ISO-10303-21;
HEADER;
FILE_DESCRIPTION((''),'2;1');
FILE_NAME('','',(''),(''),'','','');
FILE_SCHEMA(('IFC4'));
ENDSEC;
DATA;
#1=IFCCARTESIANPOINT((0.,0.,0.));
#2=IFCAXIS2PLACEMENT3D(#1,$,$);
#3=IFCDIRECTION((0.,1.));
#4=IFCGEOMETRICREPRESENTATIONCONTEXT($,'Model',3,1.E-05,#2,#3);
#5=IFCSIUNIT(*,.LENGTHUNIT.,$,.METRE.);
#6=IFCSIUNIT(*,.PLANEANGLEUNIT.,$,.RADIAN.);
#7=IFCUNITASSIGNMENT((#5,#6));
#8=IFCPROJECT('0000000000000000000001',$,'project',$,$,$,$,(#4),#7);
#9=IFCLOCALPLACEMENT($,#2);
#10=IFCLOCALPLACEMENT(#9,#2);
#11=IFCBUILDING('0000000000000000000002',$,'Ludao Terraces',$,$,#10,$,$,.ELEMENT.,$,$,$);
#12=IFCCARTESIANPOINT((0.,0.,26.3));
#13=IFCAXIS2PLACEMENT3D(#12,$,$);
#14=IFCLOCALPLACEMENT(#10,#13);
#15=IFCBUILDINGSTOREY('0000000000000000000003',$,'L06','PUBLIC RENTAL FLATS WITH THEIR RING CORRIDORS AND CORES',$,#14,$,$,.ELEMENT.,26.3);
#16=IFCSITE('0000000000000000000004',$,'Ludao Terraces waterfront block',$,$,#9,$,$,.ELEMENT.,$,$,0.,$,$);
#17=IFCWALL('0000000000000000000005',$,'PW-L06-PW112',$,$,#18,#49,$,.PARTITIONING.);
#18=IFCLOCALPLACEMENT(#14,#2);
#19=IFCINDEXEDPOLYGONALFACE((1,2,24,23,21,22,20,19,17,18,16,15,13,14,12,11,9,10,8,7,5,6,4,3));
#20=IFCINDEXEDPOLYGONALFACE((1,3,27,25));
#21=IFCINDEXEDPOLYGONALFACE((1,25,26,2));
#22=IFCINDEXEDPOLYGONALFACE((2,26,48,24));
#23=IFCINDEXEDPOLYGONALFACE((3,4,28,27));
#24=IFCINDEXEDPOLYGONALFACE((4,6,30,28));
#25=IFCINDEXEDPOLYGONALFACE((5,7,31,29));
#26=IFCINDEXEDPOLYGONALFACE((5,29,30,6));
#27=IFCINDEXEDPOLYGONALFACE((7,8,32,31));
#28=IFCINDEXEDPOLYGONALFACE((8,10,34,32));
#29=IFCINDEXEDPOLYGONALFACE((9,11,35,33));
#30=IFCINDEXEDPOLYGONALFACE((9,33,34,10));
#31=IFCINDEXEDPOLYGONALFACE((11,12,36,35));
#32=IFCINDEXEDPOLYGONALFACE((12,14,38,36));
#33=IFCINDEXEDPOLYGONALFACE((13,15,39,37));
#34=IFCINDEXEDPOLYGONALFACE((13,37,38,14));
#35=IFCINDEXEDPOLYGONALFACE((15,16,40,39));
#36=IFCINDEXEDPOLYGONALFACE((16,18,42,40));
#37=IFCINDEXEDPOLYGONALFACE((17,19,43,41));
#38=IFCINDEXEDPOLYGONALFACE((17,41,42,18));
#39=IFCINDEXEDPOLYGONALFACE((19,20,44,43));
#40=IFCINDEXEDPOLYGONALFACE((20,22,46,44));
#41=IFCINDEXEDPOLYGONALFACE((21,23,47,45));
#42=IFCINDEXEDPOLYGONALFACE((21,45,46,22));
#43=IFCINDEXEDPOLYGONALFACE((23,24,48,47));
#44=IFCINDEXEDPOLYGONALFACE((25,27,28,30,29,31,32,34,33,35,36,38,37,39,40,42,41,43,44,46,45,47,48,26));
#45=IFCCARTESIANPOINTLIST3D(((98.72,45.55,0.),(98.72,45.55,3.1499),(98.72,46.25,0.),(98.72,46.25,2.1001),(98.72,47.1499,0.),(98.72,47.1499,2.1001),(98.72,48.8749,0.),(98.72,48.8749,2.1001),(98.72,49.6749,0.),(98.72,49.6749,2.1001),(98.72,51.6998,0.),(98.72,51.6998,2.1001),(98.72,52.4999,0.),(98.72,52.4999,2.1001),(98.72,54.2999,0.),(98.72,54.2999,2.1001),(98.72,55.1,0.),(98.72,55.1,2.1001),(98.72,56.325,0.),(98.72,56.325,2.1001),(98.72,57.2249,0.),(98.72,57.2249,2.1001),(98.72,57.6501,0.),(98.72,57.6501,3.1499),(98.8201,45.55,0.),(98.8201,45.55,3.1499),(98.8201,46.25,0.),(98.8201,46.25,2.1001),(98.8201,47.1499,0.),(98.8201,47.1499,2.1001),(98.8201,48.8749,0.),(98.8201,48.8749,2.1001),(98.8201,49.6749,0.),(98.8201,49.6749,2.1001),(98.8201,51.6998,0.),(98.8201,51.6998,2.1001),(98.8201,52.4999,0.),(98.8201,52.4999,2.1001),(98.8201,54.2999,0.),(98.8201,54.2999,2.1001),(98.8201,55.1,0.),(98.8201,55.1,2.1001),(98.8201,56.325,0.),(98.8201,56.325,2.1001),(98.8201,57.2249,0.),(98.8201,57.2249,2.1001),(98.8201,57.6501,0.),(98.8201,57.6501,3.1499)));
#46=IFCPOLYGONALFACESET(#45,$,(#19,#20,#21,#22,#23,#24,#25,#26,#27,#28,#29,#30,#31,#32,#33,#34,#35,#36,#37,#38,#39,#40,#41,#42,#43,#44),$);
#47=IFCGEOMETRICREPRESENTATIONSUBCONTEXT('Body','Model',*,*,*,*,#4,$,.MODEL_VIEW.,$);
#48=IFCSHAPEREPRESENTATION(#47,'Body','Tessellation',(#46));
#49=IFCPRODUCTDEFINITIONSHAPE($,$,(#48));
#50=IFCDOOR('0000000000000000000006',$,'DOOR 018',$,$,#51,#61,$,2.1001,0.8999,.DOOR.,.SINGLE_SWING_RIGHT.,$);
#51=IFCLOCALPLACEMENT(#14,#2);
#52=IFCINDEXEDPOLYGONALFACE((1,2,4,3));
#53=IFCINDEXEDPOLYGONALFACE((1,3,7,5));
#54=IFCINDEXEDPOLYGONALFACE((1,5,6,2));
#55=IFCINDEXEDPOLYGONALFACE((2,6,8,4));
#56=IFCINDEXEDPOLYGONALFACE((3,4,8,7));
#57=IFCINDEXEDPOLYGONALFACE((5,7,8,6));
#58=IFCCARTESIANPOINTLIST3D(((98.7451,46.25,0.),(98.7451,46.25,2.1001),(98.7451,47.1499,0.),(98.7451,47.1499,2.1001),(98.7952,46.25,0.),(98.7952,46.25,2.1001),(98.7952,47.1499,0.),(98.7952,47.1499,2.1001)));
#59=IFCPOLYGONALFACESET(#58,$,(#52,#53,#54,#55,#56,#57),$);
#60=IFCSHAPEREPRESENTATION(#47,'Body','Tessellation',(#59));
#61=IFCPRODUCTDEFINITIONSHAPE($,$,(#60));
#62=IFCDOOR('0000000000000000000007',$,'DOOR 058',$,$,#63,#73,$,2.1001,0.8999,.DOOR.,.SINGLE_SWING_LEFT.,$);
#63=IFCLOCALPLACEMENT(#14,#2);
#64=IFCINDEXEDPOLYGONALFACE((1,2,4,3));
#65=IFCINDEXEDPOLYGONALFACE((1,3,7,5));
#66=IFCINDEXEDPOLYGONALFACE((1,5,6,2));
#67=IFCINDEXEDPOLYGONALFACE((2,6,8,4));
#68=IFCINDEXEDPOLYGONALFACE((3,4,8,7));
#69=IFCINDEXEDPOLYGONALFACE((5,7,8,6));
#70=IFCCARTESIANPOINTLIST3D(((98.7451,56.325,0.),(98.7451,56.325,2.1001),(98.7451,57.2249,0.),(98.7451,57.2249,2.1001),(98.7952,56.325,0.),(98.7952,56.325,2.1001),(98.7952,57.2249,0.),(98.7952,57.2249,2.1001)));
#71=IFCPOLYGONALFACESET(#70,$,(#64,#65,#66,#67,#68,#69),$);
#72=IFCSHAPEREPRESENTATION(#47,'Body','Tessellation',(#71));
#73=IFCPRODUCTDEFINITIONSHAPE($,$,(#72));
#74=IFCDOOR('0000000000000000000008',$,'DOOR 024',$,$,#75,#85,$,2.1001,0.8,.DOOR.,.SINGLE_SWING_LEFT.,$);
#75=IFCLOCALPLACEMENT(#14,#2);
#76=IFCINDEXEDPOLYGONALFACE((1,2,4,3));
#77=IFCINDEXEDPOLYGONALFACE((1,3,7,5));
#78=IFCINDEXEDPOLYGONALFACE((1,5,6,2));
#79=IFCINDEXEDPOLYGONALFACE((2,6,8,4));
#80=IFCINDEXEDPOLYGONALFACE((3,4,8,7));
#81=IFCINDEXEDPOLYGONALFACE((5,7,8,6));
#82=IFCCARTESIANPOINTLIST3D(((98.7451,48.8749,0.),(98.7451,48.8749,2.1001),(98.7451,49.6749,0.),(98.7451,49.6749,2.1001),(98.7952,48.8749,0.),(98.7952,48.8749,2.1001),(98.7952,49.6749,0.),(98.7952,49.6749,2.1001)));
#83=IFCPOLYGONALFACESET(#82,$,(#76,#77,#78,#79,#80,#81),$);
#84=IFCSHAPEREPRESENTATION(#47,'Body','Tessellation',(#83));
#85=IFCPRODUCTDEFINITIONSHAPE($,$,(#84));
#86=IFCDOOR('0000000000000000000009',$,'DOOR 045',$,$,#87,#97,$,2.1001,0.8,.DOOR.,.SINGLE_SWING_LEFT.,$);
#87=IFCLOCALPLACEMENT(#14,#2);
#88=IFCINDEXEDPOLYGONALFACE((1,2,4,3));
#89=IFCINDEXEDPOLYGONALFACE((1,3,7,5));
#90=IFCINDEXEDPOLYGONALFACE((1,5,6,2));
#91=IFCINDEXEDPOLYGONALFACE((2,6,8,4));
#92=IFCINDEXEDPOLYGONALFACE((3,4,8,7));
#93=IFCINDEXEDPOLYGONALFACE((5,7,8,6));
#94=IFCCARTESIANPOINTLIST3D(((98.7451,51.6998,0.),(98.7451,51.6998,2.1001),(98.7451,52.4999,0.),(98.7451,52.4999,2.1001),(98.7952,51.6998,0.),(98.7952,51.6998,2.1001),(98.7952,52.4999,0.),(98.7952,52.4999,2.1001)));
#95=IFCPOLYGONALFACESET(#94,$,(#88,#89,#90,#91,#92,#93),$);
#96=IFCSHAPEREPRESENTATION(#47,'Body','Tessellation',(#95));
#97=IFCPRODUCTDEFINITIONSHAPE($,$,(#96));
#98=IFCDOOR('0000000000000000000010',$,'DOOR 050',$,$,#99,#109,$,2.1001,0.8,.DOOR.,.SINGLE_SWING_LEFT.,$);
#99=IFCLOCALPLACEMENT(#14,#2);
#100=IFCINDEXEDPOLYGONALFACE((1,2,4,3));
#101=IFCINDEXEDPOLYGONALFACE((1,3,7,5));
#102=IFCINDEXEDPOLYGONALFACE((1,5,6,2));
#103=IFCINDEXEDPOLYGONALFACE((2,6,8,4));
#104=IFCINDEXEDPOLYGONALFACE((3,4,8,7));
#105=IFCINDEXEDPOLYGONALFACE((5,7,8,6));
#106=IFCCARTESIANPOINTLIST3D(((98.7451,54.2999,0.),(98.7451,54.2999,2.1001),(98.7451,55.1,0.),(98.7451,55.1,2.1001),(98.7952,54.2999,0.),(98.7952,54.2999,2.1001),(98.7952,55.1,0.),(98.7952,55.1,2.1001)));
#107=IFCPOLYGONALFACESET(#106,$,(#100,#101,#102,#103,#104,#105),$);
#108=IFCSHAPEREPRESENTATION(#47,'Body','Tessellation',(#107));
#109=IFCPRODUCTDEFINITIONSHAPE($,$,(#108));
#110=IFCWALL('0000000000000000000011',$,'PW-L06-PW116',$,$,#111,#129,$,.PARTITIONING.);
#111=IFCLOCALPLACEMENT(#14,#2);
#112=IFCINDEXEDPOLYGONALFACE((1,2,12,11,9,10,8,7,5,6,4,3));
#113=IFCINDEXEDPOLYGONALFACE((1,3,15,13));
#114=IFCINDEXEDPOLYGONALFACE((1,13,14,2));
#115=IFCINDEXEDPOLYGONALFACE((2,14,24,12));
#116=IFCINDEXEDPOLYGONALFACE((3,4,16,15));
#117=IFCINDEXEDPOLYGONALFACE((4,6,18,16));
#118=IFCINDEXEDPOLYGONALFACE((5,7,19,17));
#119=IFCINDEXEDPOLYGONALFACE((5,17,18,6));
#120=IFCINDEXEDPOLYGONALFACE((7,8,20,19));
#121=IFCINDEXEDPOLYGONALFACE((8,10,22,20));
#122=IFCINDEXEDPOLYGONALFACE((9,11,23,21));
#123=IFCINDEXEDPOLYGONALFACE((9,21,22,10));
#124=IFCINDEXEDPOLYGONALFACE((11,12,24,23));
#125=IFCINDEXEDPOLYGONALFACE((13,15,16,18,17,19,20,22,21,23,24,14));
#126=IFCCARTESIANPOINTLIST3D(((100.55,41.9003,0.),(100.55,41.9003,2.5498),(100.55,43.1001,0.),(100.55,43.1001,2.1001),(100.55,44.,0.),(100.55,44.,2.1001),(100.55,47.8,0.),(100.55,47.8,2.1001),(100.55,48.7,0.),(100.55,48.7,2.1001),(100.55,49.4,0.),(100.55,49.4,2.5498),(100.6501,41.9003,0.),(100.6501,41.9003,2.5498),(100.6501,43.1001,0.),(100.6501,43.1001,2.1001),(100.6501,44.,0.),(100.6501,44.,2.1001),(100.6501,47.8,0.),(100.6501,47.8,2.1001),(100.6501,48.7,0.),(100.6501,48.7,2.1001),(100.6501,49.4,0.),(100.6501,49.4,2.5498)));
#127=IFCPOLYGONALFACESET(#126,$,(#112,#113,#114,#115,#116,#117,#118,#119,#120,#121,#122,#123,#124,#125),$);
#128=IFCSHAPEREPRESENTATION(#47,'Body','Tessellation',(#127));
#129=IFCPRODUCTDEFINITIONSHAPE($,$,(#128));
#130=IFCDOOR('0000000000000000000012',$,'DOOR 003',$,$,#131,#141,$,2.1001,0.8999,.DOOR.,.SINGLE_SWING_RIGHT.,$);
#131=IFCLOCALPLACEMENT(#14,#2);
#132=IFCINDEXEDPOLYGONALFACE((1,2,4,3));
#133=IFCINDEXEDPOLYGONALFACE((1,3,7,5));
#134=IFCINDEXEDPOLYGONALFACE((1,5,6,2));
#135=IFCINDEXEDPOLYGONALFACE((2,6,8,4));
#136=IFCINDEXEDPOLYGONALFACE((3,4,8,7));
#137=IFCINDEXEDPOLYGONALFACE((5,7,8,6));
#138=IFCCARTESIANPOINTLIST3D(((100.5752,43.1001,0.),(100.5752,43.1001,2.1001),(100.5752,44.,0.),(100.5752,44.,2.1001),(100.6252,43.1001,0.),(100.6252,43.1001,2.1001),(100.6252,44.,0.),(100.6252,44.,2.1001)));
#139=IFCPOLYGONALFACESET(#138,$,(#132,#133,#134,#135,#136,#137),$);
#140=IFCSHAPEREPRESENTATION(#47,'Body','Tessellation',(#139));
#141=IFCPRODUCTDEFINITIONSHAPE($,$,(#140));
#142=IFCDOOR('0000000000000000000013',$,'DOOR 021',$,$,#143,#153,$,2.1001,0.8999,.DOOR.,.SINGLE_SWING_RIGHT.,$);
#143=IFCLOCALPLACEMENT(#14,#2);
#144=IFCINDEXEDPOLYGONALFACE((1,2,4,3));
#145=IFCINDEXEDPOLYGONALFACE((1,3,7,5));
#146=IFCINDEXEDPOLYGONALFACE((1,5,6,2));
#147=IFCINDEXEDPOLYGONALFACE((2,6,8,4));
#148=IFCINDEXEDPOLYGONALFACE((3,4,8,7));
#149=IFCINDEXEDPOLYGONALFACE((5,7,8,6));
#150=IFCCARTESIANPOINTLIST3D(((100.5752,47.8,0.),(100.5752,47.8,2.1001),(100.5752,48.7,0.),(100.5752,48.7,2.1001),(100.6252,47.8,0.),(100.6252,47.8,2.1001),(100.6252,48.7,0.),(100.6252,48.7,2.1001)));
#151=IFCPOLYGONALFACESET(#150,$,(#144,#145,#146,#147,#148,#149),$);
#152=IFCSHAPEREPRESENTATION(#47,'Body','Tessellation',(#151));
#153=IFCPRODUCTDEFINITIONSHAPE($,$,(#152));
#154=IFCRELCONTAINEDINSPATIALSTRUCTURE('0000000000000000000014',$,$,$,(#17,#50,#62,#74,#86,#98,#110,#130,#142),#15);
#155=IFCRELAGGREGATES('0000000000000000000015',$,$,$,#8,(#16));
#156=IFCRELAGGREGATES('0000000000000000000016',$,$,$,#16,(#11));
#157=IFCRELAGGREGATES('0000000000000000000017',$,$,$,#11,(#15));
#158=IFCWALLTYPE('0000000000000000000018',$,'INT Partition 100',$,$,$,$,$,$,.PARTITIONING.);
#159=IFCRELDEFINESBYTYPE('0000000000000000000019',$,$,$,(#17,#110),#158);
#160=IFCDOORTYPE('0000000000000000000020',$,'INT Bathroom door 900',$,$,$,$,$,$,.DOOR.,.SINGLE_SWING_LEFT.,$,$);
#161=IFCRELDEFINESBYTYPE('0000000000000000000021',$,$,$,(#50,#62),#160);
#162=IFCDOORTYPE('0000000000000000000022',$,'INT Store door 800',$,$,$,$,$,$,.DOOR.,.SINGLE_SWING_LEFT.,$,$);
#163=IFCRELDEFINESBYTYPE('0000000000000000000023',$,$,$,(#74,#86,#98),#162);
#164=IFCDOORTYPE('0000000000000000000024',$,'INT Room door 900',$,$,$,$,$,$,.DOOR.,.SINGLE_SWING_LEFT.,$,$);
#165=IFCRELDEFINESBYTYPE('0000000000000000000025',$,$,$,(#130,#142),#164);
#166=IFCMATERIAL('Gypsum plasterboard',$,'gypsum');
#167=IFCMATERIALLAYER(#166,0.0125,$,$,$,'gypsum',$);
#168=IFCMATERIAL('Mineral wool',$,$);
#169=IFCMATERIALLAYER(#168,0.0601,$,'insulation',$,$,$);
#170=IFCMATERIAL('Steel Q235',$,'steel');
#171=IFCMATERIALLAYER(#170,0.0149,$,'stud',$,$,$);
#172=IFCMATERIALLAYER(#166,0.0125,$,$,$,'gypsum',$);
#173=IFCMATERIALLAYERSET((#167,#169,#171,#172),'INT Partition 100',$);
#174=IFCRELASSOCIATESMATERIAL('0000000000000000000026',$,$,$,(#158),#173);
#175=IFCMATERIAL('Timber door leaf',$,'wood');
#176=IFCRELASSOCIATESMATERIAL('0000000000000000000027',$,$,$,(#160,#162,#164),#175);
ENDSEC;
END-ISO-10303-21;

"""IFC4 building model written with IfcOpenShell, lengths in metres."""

from ifc_helpers import new_model, si_unit, direction, frame, frame_2d, origin, place, context, subcontext, project, spatial, rectangle, extrude, material, layer, layer_set, type_object, element, fill, save


model = new_model("IFC4")

# Units and contexts
model_context = context("Model", 3, precision=1e-05, world=origin(), true_north=direction((0.0, 1.0)))
body_context = subcontext(model_context, "Body", "Model", "MODEL_VIEW")
ifc_project = project(units=[si_unit("LENGTHUNIT", "METRE"), si_unit("PLANEANGLEUNIT", "RADIAN")], contexts=[model_context])

# Site, building, storey
site_placement = place(None, origin())
site = spatial("IfcSite", under=ifc_project, at=site_placement, Name="Ludao Terraces waterfront block", CompositionType="ELEMENT", RefElevation=0.0)
building_placement = place(site_placement, origin())
building = spatial("IfcBuilding", under=site, at=building_placement, Name="Ludao Terraces", CompositionType="ELEMENT")
storey_placement = place(building_placement, frame((0.0, 0.0, 26.3)))
storey = spatial("IfcBuildingStorey", under=building, at=storey_placement, Name="L06", Description="PUBLIC RENTAL FLATS WITH THEIR RING CORRIDORS AND CORES", CompositionType="ELEMENT", Elevation=26.3)

# Shared definitions
ifc_material_1 = material(Name="Gypsum plasterboard", Category="gypsum")
ifc_layer_1 = layer(ifc_material_1, 0.0125, Category="gypsum")
ifc_material_2 = material(Name="Mineral wool")
ifc_layer_2 = layer(ifc_material_2, 0.0601, Name="insulation")
ifc_material_3 = material(Name="Steel Q235", Category="steel")
ifc_layer_3 = layer(ifc_material_3, 0.0149, Name="stud")
ifc_layer_4 = layer(ifc_material_1, 0.0125, Category="gypsum")
ifc_layer_set_1 = layer_set([ifc_layer_1, ifc_layer_2, ifc_layer_3, ifc_layer_4], Name="INT Partition 100")
wall_type_1 = type_object("IfcWallType", Name="INT Partition 100", PredefinedType="PARTITIONING", material=ifc_layer_set_1)

# Walls, openings, doors
wall_1_placement = place(storey_placement, frame((98.77, 45.55, 0.0), z_axis=(0.0, 0.0, 1.0), x_axis=(0.0, 1.0, 0.0)))
wall_1 = element("IfcWall", 1, at=wall_1_placement, inside=storey, type_object=wall_type_1, Name="PW-L06-PW112", PredefinedType="PARTITIONING", context=body_context, shape_type="SweptSolid", body=[
    extrude(rectangle(XDim=12.1001, YDim=0.1001, at=frame_2d((6.05, 0.0))), origin(), (0.0, 0.0, 1.0), 3.1499),
])
opening_1_placement = place(wall_1_placement, frame((0.7, 0.0, 0.0)))
opening_1 = element("IfcOpeningElement", 2, at=opening_1_placement, cuts=wall_1, PredefinedType="OPENING", context=body_context, shape_type="SweptSolid", body=[
    extrude(rectangle(XDim=0.8999, YDim=2.1001, at=frame_2d((0.45, 1.05))), frame((0.0, 0.0601, 0.0), z_axis=(0.0, -1.0, 0.0), x_axis=(1.0, 0.0, 0.0)), (0.0, 0.0, 1.0), 0.1201),
])
opening_2_placement = place(wall_1_placement, frame((3.325, 0.0, 0.0)))
opening_2 = element("IfcOpeningElement", 3, at=opening_2_placement, cuts=wall_1, PredefinedType="OPENING", context=body_context, shape_type="SweptSolid", body=[
    extrude(rectangle(XDim=0.8, YDim=2.1001, at=frame_2d((0.3999, 1.05))), frame((0.0, 0.0601, 0.0), z_axis=(0.0, -1.0, 0.0), x_axis=(1.0, 0.0, 0.0)), (0.0, 0.0, 1.0), 0.1201),
])
opening_3_placement = place(wall_1_placement, frame((6.1499, 0.0, 0.0)))
opening_3 = element("IfcOpeningElement", 4, at=opening_3_placement, cuts=wall_1, PredefinedType="OPENING", context=body_context, shape_type="SweptSolid", body=[
    extrude(rectangle(XDim=0.8, YDim=2.1001, at=frame_2d((0.3999, 1.05))), frame((0.0, 0.0601, 0.0), z_axis=(0.0, -1.0, 0.0), x_axis=(1.0, 0.0, 0.0)), (0.0, 0.0, 1.0), 0.1201),
])
opening_4_placement = place(wall_1_placement, frame((8.75, 0.0, 0.0)))
opening_4 = element("IfcOpeningElement", 5, at=opening_4_placement, cuts=wall_1, PredefinedType="OPENING", context=body_context, shape_type="SweptSolid", body=[
    extrude(rectangle(XDim=0.8, YDim=2.1001, at=frame_2d((0.3999, 1.05))), frame((0.0, 0.0601, 0.0), z_axis=(0.0, -1.0, 0.0), x_axis=(1.0, 0.0, 0.0)), (0.0, 0.0, 1.0), 0.1201),
])
opening_5_placement = place(wall_1_placement, frame((10.7749, 0.0, 0.0)))
opening_5 = element("IfcOpeningElement", 6, at=opening_5_placement, cuts=wall_1, PredefinedType="OPENING", context=body_context, shape_type="SweptSolid", body=[
    extrude(rectangle(XDim=0.8999, YDim=2.1001, at=frame_2d((0.45, 1.05))), frame((0.0, 0.0601, 0.0), z_axis=(0.0, -1.0, 0.0), x_axis=(1.0, 0.0, 0.0)), (0.0, 0.0, 1.0), 0.1201),
])
ifc_material_4 = material(Name="Timber door leaf", Category="wood")
door_type_1 = type_object("IfcDoorType", Name="INT Bathroom door 900", OperationType="SINGLE_SWING_LEFT", PredefinedType="DOOR", material=ifc_material_4)
door_1_placement = place(opening_1_placement, origin())
door_1 = element("IfcDoor", 7, at=door_1_placement, inside=storey, type_object=door_type_1, Name="DOOR 018", OperationType="SINGLE_SWING_RIGHT", OverallHeight=2.1001, OverallWidth=0.8999, PredefinedType="DOOR", context=body_context, shape_type="SweptSolid", body=[
    extrude(rectangle(XDim=0.8999, YDim=2.1001, at=frame_2d((0.45, 1.05))), frame((0.0, 0.0249, 0.0), z_axis=(0.0, -1.0, 0.0), x_axis=(1.0, 0.0, 0.0)), (0.0, 0.0, 1.0), 0.05),
])
fill(opening_1, door_1)
door_2_placement = place(opening_5_placement, origin())
door_2 = element("IfcDoor", 8, at=door_2_placement, inside=storey, type_object=door_type_1, Name="DOOR 058", OperationType="SINGLE_SWING_LEFT", OverallHeight=2.1001, OverallWidth=0.8999, PredefinedType="DOOR", context=body_context, shape_type="SweptSolid", body=[
    extrude(rectangle(XDim=0.8999, YDim=2.1001, at=frame_2d((0.45, 1.05))), frame((0.0, 0.0249, 0.0), z_axis=(0.0, -1.0, 0.0), x_axis=(1.0, 0.0, 0.0)), (0.0, 0.0, 1.0), 0.05),
])
fill(opening_5, door_2)
door_type_2 = type_object("IfcDoorType", Name="INT Store door 800", OperationType="SINGLE_SWING_LEFT", PredefinedType="DOOR", material=ifc_material_4)
door_3_placement = place(opening_2_placement, origin())
door_3 = element("IfcDoor", 9, at=door_3_placement, inside=storey, type_object=door_type_2, Name="DOOR 024", OperationType="SINGLE_SWING_LEFT", OverallHeight=2.1001, OverallWidth=0.8, PredefinedType="DOOR", context=body_context, shape_type="SweptSolid", body=[
    extrude(rectangle(XDim=0.8, YDim=2.1001, at=frame_2d((0.3999, 1.05))), frame((0.0, 0.0249, 0.0), z_axis=(0.0, -1.0, 0.0), x_axis=(1.0, 0.0, 0.0)), (0.0, 0.0, 1.0), 0.05),
])
fill(opening_2, door_3)
door_4_placement = place(opening_3_placement, origin())
door_4 = element("IfcDoor", 10, at=door_4_placement, inside=storey, type_object=door_type_2, Name="DOOR 045", OperationType="SINGLE_SWING_LEFT", OverallHeight=2.1001, OverallWidth=0.8, PredefinedType="DOOR", context=body_context, shape_type="SweptSolid", body=[
    extrude(rectangle(XDim=0.8, YDim=2.1001, at=frame_2d((0.3999, 1.05))), frame((0.0, 0.0249, 0.0), z_axis=(0.0, -1.0, 0.0), x_axis=(1.0, 0.0, 0.0)), (0.0, 0.0, 1.0), 0.05),
])
fill(opening_3, door_4)
door_5_placement = place(opening_4_placement, origin())
door_5 = element("IfcDoor", 11, at=door_5_placement, inside=storey, type_object=door_type_2, Name="DOOR 050", OperationType="SINGLE_SWING_LEFT", OverallHeight=2.1001, OverallWidth=0.8, PredefinedType="DOOR", context=body_context, shape_type="SweptSolid", body=[
    extrude(rectangle(XDim=0.8, YDim=2.1001, at=frame_2d((0.3999, 1.05))), frame((0.0, 0.0249, 0.0), z_axis=(0.0, -1.0, 0.0), x_axis=(1.0, 0.0, 0.0)), (0.0, 0.0, 1.0), 0.05),
])
fill(opening_4, door_5)
wall_2_placement = place(storey_placement, frame((100.6001, 41.9001, 0.0), z_axis=(0.0, 0.0, 1.0), x_axis=(0.0, 1.0, 0.0)))
wall_2 = element("IfcWall", 12, at=wall_2_placement, inside=storey, type_object=wall_type_1, Name="PW-L06-PW116", PredefinedType="PARTITIONING", context=body_context, shape_type="SweptSolid", body=[
    extrude(rectangle(XDim=7.4998, YDim=0.1001, at=frame_2d((3.75, 0.0))), origin(), (0.0, 0.0, 1.0), 2.5498),
])
opening_6_placement = place(wall_2_placement, frame((1.2, 0.0, 0.0)))
opening_6 = element("IfcOpeningElement", 13, at=opening_6_placement, cuts=wall_2, PredefinedType="OPENING", context=body_context, shape_type="SweptSolid", body=[
    extrude(rectangle(XDim=0.8999, YDim=2.1001, at=frame_2d((0.45, 1.05))), frame((0.0, 0.0601, 0.0), z_axis=(0.0, -1.0, 0.0), x_axis=(1.0, 0.0, 0.0)), (0.0, 0.0, 1.0), 0.1201),
])
opening_7_placement = place(wall_2_placement, frame((5.8999, 0.0, 0.0)))
opening_7 = element("IfcOpeningElement", 14, at=opening_7_placement, cuts=wall_2, PredefinedType="OPENING", context=body_context, shape_type="SweptSolid", body=[
    extrude(rectangle(XDim=0.8999, YDim=2.1001, at=frame_2d((0.45, 1.05))), frame((0.0, 0.0601, 0.0), z_axis=(0.0, -1.0, 0.0), x_axis=(1.0, 0.0, 0.0)), (0.0, 0.0, 1.0), 0.1201),
])
door_type_3 = type_object("IfcDoorType", Name="INT Room door 900", OperationType="SINGLE_SWING_LEFT", PredefinedType="DOOR", material=ifc_material_4)
door_6_placement = place(opening_6_placement, origin())
door_6 = element("IfcDoor", 15, at=door_6_placement, inside=storey, type_object=door_type_3, Name="DOOR 003", OperationType="SINGLE_SWING_RIGHT", OverallHeight=2.1001, OverallWidth=0.8999, PredefinedType="DOOR", context=body_context, shape_type="SweptSolid", body=[
    extrude(rectangle(XDim=0.8999, YDim=2.1001, at=frame_2d((0.45, 1.05))), frame((0.0, 0.0249, 0.0), z_axis=(0.0, -1.0, 0.0), x_axis=(1.0, 0.0, 0.0)), (0.0, 0.0, 1.0), 0.05),
])
fill(opening_6, door_6)
door_7_placement = place(opening_7_placement, origin())
door_7 = element("IfcDoor", 16, at=door_7_placement, inside=storey, type_object=door_type_3, Name="DOOR 021", OperationType="SINGLE_SWING_RIGHT", OverallHeight=2.1001, OverallWidth=0.8999, PredefinedType="DOOR", context=body_context, shape_type="SweptSolid", body=[
    extrude(rectangle(XDim=0.8999, YDim=2.1001, at=frame_2d((0.45, 1.05))), frame((0.0, 0.0249, 0.0), z_axis=(0.0, -1.0, 0.0), x_axis=(1.0, 0.0, 0.0)), (0.0, 0.0, 1.0), 0.05),
])
fill(opening_7, door_7)

save(model, "model.ifc")
